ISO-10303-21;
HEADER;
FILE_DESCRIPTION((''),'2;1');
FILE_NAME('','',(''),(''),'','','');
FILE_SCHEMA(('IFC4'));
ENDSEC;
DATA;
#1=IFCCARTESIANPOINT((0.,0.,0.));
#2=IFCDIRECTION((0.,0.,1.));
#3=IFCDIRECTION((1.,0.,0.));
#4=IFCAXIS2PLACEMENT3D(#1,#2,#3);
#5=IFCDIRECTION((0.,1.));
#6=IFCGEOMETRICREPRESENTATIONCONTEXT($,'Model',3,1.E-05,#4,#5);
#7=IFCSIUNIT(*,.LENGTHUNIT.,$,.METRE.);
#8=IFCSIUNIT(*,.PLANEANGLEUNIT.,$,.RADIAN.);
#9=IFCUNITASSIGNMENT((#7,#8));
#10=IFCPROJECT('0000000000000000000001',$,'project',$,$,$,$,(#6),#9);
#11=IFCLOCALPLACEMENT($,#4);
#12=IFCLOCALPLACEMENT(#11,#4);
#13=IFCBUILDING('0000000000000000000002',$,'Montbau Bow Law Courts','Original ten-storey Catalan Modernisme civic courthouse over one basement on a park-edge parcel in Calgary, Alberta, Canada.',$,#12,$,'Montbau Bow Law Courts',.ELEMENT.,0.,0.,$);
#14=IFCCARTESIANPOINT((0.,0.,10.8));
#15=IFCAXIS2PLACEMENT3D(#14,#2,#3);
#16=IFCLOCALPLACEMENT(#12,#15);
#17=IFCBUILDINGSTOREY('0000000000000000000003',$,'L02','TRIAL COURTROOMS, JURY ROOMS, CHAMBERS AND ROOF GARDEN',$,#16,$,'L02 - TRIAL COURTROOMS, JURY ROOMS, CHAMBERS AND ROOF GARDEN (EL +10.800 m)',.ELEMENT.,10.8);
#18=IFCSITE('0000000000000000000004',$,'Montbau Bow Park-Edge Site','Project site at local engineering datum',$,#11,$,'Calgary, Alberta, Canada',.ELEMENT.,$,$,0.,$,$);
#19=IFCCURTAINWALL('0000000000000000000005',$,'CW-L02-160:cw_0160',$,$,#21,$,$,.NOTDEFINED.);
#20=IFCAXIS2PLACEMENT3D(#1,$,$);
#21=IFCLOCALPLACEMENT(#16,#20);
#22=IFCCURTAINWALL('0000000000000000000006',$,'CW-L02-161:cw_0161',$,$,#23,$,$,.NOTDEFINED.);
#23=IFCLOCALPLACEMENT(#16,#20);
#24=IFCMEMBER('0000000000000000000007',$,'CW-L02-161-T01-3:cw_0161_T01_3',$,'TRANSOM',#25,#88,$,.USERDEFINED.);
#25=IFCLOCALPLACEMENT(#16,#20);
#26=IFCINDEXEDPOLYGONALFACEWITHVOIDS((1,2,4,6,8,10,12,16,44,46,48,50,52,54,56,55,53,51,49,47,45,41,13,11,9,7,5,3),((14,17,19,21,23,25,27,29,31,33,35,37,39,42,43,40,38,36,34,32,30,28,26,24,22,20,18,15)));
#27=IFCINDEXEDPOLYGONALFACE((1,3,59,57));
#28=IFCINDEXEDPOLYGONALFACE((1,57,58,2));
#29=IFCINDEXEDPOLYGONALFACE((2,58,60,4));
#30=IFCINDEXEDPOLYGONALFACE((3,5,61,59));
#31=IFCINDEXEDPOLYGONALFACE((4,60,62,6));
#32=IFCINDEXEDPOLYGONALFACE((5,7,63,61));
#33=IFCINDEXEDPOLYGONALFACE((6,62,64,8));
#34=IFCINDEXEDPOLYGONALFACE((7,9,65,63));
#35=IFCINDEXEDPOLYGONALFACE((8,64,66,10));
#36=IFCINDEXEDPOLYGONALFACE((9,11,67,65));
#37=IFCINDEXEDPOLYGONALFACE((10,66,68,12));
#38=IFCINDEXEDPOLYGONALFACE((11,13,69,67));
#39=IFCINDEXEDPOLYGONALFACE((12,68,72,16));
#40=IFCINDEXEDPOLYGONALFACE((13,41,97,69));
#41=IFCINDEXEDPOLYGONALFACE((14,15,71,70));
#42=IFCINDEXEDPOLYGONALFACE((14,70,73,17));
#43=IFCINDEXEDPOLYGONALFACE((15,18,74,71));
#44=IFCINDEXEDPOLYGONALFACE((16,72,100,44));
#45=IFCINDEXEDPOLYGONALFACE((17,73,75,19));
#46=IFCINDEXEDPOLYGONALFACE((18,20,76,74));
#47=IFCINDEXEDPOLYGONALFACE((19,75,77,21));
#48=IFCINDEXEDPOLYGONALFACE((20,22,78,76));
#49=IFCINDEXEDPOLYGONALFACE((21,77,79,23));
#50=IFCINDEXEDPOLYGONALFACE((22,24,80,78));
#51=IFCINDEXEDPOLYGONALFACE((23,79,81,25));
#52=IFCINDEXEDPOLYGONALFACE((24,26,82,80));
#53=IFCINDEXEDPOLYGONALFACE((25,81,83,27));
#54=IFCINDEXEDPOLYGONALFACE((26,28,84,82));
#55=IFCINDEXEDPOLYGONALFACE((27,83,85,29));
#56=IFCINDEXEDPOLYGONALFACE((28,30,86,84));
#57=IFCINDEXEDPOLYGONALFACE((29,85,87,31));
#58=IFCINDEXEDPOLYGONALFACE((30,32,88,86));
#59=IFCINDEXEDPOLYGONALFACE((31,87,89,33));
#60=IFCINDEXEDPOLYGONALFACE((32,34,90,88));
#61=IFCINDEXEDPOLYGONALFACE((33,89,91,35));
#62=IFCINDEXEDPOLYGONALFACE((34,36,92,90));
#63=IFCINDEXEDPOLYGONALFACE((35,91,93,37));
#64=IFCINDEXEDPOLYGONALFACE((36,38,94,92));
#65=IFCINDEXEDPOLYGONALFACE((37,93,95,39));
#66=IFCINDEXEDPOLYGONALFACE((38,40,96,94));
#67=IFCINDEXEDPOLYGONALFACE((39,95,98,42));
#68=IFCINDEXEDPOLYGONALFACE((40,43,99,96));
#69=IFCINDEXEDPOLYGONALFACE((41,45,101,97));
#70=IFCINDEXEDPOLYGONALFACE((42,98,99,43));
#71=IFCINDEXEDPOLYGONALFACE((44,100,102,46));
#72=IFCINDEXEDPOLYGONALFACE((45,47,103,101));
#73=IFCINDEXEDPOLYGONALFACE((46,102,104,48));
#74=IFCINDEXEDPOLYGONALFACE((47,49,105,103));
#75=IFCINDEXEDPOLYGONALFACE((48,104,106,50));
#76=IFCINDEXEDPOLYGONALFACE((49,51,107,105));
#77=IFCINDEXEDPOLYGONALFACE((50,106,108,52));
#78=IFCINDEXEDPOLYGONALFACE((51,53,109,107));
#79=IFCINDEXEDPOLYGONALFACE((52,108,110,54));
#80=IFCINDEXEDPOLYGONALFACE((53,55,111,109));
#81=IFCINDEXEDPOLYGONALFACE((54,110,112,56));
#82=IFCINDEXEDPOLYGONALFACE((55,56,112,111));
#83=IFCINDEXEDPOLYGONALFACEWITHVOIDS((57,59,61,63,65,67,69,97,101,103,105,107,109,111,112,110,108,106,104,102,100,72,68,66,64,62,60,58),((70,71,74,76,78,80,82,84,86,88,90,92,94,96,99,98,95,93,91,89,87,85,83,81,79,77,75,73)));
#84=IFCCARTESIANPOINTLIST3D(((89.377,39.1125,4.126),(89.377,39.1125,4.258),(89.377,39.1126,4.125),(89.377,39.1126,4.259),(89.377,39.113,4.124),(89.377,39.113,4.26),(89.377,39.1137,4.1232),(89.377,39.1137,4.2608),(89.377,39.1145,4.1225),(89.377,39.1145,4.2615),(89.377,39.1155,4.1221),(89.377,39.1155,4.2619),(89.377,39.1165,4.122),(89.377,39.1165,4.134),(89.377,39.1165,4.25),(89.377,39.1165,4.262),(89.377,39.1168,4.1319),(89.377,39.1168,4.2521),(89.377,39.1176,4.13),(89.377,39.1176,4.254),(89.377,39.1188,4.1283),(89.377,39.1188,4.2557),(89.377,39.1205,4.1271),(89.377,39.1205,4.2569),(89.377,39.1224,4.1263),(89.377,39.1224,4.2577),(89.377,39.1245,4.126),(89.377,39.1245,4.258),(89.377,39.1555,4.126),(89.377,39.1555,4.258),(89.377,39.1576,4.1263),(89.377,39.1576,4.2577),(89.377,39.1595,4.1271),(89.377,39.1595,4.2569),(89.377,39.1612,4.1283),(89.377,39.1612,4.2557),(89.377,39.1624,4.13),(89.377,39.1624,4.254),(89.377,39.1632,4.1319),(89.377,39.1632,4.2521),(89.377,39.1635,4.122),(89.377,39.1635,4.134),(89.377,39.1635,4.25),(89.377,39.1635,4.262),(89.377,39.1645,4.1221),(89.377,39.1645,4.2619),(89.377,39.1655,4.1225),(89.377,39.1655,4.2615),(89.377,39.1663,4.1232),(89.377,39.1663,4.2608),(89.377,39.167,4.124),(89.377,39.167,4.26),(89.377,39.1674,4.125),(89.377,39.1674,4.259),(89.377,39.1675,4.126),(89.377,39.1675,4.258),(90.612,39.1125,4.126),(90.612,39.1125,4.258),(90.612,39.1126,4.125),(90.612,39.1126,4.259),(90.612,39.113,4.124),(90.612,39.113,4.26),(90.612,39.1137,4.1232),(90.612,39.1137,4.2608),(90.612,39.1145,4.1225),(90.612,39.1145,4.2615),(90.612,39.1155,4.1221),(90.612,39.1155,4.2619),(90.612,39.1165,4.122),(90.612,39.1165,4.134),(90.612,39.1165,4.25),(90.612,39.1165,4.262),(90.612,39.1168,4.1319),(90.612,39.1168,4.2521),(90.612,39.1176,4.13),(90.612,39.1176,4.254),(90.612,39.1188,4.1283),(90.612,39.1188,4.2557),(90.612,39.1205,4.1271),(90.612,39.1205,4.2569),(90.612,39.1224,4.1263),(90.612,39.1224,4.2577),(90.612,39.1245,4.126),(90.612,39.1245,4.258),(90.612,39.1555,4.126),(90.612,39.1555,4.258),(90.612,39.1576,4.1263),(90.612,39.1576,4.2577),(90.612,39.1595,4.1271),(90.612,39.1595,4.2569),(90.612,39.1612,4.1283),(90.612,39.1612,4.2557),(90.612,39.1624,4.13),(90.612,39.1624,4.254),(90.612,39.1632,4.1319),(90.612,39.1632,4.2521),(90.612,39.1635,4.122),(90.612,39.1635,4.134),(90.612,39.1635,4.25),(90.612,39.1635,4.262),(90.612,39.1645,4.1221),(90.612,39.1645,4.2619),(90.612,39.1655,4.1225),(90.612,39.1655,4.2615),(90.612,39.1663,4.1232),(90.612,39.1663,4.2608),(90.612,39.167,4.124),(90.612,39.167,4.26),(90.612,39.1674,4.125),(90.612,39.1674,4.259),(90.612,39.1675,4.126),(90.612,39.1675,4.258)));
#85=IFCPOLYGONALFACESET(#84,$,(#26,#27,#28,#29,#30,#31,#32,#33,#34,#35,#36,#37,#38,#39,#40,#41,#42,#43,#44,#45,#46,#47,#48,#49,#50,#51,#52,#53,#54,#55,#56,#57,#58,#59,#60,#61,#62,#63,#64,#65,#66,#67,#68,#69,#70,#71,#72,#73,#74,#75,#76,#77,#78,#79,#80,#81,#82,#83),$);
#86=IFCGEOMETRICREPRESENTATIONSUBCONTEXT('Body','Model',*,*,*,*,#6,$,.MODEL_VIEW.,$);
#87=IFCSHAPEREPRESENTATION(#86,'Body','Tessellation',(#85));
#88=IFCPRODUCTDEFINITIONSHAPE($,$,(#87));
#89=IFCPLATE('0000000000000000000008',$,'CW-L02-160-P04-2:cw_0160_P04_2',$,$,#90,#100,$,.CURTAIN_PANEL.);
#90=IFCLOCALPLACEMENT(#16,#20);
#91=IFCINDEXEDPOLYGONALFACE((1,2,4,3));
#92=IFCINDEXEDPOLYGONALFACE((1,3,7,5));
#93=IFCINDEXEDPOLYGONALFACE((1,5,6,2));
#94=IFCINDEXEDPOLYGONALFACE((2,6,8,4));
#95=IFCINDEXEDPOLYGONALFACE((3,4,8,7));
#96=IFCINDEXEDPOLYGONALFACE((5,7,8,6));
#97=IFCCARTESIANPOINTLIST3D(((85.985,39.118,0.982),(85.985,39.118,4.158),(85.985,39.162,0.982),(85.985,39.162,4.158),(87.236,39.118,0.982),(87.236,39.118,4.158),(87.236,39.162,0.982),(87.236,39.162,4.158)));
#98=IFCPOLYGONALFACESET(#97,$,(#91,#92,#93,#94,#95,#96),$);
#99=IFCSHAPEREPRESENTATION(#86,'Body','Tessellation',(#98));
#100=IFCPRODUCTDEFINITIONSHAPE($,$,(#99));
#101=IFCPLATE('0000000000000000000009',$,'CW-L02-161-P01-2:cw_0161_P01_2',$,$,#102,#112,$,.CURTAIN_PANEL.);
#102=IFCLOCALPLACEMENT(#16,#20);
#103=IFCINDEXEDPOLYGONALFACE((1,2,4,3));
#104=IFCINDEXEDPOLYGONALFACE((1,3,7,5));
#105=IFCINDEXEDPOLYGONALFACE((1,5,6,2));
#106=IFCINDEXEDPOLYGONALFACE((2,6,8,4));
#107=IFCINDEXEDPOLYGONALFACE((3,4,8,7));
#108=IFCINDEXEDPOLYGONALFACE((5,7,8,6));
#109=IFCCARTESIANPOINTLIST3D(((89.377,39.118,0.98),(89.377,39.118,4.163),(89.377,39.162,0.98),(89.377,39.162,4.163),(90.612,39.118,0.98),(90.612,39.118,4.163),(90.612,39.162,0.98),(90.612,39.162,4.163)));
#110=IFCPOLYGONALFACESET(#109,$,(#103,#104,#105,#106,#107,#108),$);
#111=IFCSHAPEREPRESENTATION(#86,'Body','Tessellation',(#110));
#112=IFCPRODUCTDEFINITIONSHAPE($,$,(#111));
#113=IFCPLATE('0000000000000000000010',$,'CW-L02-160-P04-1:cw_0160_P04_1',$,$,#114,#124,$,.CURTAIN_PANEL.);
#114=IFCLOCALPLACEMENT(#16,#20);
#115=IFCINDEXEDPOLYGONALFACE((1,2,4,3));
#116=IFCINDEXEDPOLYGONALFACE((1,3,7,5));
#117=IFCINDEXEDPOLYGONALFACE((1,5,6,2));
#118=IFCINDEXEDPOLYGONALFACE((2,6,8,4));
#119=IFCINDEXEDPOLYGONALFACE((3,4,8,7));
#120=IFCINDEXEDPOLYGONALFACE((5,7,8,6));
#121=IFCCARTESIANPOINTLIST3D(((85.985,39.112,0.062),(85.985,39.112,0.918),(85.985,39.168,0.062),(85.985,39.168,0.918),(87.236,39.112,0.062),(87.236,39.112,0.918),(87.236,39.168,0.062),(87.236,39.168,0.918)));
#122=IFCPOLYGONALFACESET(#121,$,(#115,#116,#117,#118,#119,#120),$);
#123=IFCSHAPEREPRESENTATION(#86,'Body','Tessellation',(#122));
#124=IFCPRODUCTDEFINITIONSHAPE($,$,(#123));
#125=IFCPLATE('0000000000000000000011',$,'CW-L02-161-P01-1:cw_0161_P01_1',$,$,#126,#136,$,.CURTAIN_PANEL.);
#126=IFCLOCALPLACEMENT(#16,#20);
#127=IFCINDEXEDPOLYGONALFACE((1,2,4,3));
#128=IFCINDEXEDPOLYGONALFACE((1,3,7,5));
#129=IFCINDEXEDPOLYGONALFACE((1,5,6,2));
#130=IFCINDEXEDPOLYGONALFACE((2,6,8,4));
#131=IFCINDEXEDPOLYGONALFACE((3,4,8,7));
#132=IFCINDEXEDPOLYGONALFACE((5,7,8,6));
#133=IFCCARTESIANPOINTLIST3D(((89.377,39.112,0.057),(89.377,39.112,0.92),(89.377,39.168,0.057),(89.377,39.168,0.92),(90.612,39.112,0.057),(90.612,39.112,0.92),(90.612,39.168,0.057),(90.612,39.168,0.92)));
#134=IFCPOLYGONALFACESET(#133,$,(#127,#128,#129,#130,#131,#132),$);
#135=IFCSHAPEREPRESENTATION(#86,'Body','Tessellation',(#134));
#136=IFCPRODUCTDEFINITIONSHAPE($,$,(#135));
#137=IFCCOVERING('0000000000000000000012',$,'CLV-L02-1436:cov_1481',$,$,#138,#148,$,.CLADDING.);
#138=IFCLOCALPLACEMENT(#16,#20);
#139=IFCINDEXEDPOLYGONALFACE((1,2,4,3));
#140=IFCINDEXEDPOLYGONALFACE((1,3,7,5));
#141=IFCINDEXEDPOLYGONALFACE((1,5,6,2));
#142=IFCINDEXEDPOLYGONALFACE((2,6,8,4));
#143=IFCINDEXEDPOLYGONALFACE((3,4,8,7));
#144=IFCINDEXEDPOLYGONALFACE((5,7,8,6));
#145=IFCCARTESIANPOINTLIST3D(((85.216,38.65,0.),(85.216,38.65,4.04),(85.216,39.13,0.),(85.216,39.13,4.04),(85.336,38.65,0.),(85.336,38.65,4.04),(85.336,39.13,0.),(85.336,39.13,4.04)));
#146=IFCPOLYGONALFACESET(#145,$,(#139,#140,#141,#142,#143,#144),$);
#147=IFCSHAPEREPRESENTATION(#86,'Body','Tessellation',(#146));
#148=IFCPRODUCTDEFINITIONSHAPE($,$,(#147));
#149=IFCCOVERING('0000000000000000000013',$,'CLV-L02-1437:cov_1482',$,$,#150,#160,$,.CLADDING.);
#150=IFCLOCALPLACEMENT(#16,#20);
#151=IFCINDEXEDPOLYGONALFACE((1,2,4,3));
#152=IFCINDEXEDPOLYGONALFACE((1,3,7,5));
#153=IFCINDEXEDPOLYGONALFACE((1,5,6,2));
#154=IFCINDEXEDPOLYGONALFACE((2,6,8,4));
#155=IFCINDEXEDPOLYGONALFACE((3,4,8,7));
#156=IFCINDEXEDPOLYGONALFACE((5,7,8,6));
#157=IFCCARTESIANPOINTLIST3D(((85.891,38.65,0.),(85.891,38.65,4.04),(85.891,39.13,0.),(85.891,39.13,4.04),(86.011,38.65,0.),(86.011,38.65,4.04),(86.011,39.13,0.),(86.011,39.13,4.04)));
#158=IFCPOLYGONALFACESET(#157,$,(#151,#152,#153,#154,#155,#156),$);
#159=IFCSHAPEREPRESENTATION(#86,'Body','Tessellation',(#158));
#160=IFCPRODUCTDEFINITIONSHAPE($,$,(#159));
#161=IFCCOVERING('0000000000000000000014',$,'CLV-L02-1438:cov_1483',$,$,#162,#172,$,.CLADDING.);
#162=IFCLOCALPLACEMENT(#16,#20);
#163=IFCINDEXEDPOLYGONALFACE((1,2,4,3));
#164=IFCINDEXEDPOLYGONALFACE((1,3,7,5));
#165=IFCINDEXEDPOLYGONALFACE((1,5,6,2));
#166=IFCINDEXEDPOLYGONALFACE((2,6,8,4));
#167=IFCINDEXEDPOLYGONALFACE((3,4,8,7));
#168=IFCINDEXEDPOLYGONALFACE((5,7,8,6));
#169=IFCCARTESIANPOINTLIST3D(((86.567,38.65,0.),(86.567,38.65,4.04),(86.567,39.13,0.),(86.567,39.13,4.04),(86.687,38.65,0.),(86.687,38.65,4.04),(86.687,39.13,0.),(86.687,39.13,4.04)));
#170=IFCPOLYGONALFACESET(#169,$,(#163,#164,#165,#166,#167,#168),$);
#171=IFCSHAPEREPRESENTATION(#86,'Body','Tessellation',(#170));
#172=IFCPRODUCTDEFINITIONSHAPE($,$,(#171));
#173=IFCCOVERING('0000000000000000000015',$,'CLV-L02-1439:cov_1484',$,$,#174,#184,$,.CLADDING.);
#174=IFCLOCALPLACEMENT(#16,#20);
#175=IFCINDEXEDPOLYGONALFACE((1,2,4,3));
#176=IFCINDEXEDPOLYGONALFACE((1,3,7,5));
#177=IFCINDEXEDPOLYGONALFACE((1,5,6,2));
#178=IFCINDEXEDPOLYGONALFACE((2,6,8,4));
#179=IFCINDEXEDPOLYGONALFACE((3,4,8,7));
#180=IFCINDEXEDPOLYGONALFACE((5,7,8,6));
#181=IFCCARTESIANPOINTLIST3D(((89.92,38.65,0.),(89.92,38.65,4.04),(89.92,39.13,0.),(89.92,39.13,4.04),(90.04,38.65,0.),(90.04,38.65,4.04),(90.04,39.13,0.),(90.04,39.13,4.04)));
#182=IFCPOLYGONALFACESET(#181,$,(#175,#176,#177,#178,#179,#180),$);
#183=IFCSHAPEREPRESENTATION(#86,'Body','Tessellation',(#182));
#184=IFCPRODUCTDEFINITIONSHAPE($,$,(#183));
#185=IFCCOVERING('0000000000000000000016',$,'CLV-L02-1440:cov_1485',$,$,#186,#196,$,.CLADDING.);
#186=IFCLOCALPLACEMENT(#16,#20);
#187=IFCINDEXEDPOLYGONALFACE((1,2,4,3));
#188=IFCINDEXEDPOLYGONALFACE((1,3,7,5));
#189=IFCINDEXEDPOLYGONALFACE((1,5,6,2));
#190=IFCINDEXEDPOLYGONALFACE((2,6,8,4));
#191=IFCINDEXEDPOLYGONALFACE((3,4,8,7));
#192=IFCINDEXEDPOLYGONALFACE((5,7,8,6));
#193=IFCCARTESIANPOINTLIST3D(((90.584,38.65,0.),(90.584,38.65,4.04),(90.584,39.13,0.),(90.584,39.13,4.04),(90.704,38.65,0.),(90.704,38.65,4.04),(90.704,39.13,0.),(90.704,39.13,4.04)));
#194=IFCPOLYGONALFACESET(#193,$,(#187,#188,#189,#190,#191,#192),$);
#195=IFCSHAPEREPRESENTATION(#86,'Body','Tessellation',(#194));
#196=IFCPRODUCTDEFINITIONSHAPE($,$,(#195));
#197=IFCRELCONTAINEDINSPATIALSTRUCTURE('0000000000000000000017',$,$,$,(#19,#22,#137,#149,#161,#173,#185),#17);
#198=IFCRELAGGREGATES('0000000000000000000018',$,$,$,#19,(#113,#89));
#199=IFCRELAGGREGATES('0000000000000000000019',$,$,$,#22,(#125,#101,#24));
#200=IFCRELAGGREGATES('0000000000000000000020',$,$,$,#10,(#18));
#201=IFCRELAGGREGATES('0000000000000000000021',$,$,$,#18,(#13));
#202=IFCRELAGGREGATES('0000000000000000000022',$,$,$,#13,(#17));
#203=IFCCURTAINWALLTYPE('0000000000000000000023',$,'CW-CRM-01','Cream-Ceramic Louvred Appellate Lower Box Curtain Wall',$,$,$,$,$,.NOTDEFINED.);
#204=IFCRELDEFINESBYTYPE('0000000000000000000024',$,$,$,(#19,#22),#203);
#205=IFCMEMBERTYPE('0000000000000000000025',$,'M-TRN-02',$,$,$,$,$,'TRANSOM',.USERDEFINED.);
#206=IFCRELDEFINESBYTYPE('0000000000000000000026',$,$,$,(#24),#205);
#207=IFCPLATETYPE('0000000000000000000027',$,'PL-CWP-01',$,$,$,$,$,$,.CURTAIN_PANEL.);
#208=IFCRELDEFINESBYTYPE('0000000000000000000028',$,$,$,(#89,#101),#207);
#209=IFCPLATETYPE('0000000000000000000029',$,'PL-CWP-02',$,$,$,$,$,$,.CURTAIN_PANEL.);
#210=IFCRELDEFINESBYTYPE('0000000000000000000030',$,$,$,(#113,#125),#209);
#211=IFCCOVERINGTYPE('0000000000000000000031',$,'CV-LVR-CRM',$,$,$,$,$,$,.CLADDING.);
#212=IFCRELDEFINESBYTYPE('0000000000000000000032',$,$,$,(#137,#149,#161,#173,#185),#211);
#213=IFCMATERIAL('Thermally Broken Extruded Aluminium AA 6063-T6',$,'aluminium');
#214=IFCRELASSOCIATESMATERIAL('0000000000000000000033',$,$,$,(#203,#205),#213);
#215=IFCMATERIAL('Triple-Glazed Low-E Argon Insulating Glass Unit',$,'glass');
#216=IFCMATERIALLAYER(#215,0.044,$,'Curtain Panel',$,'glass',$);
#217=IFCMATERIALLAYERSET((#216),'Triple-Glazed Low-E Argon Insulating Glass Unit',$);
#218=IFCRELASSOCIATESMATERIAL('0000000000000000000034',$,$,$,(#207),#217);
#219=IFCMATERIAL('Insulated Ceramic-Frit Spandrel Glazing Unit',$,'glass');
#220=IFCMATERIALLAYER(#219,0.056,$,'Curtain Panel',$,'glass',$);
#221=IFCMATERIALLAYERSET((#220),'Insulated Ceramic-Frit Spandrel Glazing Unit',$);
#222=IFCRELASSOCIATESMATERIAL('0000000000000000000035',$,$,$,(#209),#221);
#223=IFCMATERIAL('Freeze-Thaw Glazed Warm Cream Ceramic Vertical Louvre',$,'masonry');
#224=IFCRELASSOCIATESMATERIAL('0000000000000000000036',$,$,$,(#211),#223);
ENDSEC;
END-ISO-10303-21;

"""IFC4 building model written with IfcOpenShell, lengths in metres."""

from ifc_helpers import new_model, si_unit, direction, frame, frame_2d, origin_with_axes, origin_2d_with_axis, place, context, subcontext, project, spatial, rectangle, hollow_rectangle, extrude, material, layer, layer_set, material_profile, profile_set, type_object, element, aggregate, save


model = new_model("IFC4")

# Units and contexts
model_context = context("Model", 3, precision=1e-05, world=origin_with_axes(), true_north=direction((0.0, 1.0)))
body_context = subcontext(model_context, "Body", "Model", "MODEL_VIEW")
ifc_project = project(units=[si_unit("LENGTHUNIT", "METRE"), si_unit("PLANEANGLEUNIT", "RADIAN")], contexts=[model_context])

# Site, building, storey
site_placement = place(None, origin_with_axes())
site = spatial("IfcSite", under=ifc_project, at=site_placement, Name="Montbau Bow Park-Edge Site", Description="Project site at local engineering datum", LongName="Calgary, Alberta, Canada", CompositionType="ELEMENT", RefElevation=0.0)
building_placement = place(site_placement, origin_with_axes())
building = spatial("IfcBuilding", under=site, at=building_placement, Name="Montbau Bow Law Courts", Description="Original ten-storey Catalan Modernisme civic courthouse over one basement on a park-edge parcel in Calgary, Alberta, Canada.", LongName="Montbau Bow Law Courts", CompositionType="ELEMENT", ElevationOfRefHeight=0.0, ElevationOfTerrain=0.0)
storey_placement = place(building_placement, frame((0.0, 0.0, 10.8), z_axis=(0.0, 0.0, 1.0), x_axis=(1.0, 0.0, 0.0)))
storey = spatial("IfcBuildingStorey", under=building, at=storey_placement, Name="L02", Description="TRIAL COURTROOMS, JURY ROOMS, CHAMBERS AND ROOF GARDEN", LongName="L02 - TRIAL COURTROOMS, JURY ROOMS, CHAMBERS AND ROOF GARDEN (EL +10.800 m)", CompositionType="ELEMENT", Elevation=10.8)

# Curtain walls
ifc_material_1 = material(Name="Thermally Broken Extruded Aluminium AA 6063-T6", Category="aluminium")
curtain_wall_type = type_object("IfcCurtainWallType", Name="CW-CRM-01", Description="Cream-Ceramic Louvred Appellate Lower Box Curtain Wall", PredefinedType="NOTDEFINED", material=ifc_material_1)
curtain_wall_1_placement = place(None, frame((81.897, 39.14, 10.8), z_axis=(0.0, 0.0, 1.0), x_axis=(1.0, 0.0, 0.0)))
curtain_wall_1 = element("IfcCurtainWall", 1, at=curtain_wall_1_placement, inside=storey, type_object=curtain_wall_type, Name="CW-L02-160:cw_0160", PredefinedType="NOTDEFINED")
curtain_wall_2_placement = place(None, frame((89.315, 39.14, 10.8), z_axis=(0.0, 0.0, 1.0), x_axis=(1.0, 0.0, 0.0)))
curtain_wall_2 = element("IfcCurtainWall", 2, at=curtain_wall_2_placement, inside=storey, type_object=curtain_wall_type, Name="CW-L02-161:cw_0161", PredefinedType="NOTDEFINED")

# Member
ifc_material_profile_1 = material_profile(ifc_material_1, hollow_rectangle(XDim=0.055, YDim=0.14, WallThickness=0.004, InnerFilletRadius=0.008, OuterFilletRadius=0.004, at=origin_2d_with_axis()), Name="CWT-140X55", Category="Main", Priority=0)
ifc_profile_set_1 = profile_set([ifc_material_profile_1], Name="Thermally Broken Extruded Aluminium AA 6063-T6")
member_type_1 = type_object("IfcMemberType", Name="M-TRN-02", ElementType="TRANSOM", PredefinedType="USERDEFINED", material=ifc_profile_set_1)
member_1_placement = place(None, frame((89.377, 39.14, 14.992), z_axis=(1.0, 0.0, 0.0), x_axis=(0.0, 1.0, 0.0)))
member_1 = element("IfcMember", 3, at=member_1_placement, type_object=member_type_1, Name="CW-L02-161-T01-3:cw_0161_T01_3", ObjectType="TRANSOM", PredefinedType="USERDEFINED", context=body_context, shape_type="SweptSolid", body=[
    extrude(hollow_rectangle(XDim=0.055, YDim=0.14, WallThickness=0.004, InnerFilletRadius=0.008, OuterFilletRadius=0.004, at=origin_2d_with_axis()), origin_with_axes(), (0.0, 0.0, 1.0), 1.235),
])

# Plates
ifc_material_2 = material(Name="Triple-Glazed Low-E Argon Insulating Glass Unit", Category="glass")
ifc_layer_1 = layer(ifc_material_2, 0.044, Name="Curtain Panel", Category="glass")
ifc_layer_set_1 = layer_set([ifc_layer_1], Name="Triple-Glazed Low-E Argon Insulating Glass Unit")
plate_type_1 = type_object("IfcPlateType", Name="PL-CWP-01", PredefinedType="CURTAIN_PANEL", material=ifc_layer_set_1)
plate_1_placement = place(None, frame((85.985, 39.14, 11.782), z_axis=(0.0, -1.0, 0.0), x_axis=(1.0, 0.0, 0.0)))
plate_1 = element("IfcPlate", 4, at=plate_1_placement, type_object=plate_type_1, Name="CW-L02-160-P04-2:cw_0160_P04_2", PredefinedType="CURTAIN_PANEL", context=body_context, shape_type="SweptSolid", body=[
    extrude(rectangle(XDim=1.251, YDim=3.176, at=frame_2d((0.6255, 1.588), x_axis=(1.0, 0.0))), frame((0.0, 0.0, -0.022), z_axis=(0.0, 0.0, 1.0), x_axis=(1.0, 0.0, 0.0)), (0.0, 0.0, 1.0), 0.044),
])
plate_2_placement = place(None, frame((89.377, 39.14, 11.78), z_axis=(0.0, -1.0, 0.0), x_axis=(1.0, 0.0, 0.0)))
plate_2 = element("IfcPlate", 5, at=plate_2_placement, type_object=plate_type_1, Name="CW-L02-161-P01-2:cw_0161_P01_2", PredefinedType="CURTAIN_PANEL", context=body_context, shape_type="SweptSolid", body=[
    extrude(rectangle(XDim=1.235, YDim=3.183, at=frame_2d((0.6175, 1.5915), x_axis=(1.0, 0.0))), frame((0.0, 0.0, -0.022), z_axis=(0.0, 0.0, 1.0), x_axis=(1.0, 0.0, 0.0)), (0.0, 0.0, 1.0), 0.044),
])
ifc_material_3 = material(Name="Insulated Ceramic-Frit Spandrel Glazing Unit", Category="glass")
ifc_layer_2 = layer(ifc_material_3, 0.056, Name="Curtain Panel", Category="glass")
ifc_layer_set_2 = layer_set([ifc_layer_2], Name="Insulated Ceramic-Frit Spandrel Glazing Unit")
plate_type_2 = type_object("IfcPlateType", Name="PL-CWP-02", PredefinedType="CURTAIN_PANEL", material=ifc_layer_set_2)
plate_3_placement = place(None, frame((85.985, 39.14, 10.862), z_axis=(0.0, -1.0, 0.0), x_axis=(1.0, 0.0, 0.0)))
plate_3 = element("IfcPlate", 6, at=plate_3_placement, type_object=plate_type_2, Name="CW-L02-160-P04-1:cw_0160_P04_1", PredefinedType="CURTAIN_PANEL", context=body_context, shape_type="SweptSolid", body=[
    extrude(rectangle(XDim=1.251, YDim=0.856, at=frame_2d((0.6255, 0.428), x_axis=(1.0, 0.0))), frame((0.0, 0.0, -0.028), z_axis=(0.0, 0.0, 1.0), x_axis=(1.0, 0.0, 0.0)), (0.0, 0.0, 1.0), 0.056),
])
aggregate(curtain_wall_1, [plate_3, plate_1])
plate_4_placement = place(None, frame((89.377, 39.14, 10.857), z_axis=(0.0, -1.0, 0.0), x_axis=(1.0, 0.0, 0.0)))
plate_4 = element("IfcPlate", 7, at=plate_4_placement, type_object=plate_type_2, Name="CW-L02-161-P01-1:cw_0161_P01_1", PredefinedType="CURTAIN_PANEL", context=body_context, shape_type="SweptSolid", body=[
    extrude(rectangle(XDim=1.235, YDim=0.863, at=frame_2d((0.6175, 0.4315), x_axis=(1.0, 0.0))), frame((0.0, 0.0, -0.028), z_axis=(0.0, 0.0, 1.0), x_axis=(1.0, 0.0, 0.0)), (0.0, 0.0, 1.0), 0.056),
])
aggregate(curtain_wall_2, [plate_4, plate_2, member_1])

# Coverings
ifc_material_4 = material(Name="Freeze-Thaw Glazed Warm Cream Ceramic Vertical Louvre", Category="masonry")
covering_type = type_object("IfcCoveringType", Name="CV-LVR-CRM", PredefinedType="CLADDING", material=ifc_material_4)
for number, where, z_axis, x_axis, name in (
    (8, (85.276, 39.13, 10.8), (-1.0, 0.0, 0.0), (0.0, -1.0, 0.0), "CLV-L02-1436:cov_1481"),
    (9, (85.951, 39.13, 10.8), (-1.0, 0.0, 0.0), (0.0, -1.0, 0.0), "CLV-L02-1437:cov_1482"),
    (10, (86.627, 39.13, 10.8), (-1.0, 0.0, 0.0), (0.0, -1.0, 0.0), "CLV-L02-1438:cov_1483"),
    (11, (89.98, 39.13, 10.8), (-1.0, 0.0, 0.0), (0.0, -1.0, 0.0), "CLV-L02-1439:cov_1484"),
    (12, (90.644, 39.13, 10.8), (-1.0, 0.0, 0.0), (0.0, -1.0, 0.0), "CLV-L02-1440:cov_1485"),
):
    element("IfcCovering", number, at=place(None, frame(where, z_axis=z_axis, x_axis=x_axis)), inside=storey, type_object=covering_type, Name=name, PredefinedType="CLADDING", context=body_context, shape_type="SweptSolid", body=[
        extrude(rectangle(XDim=0.48, YDim=4.04, at=frame_2d((0.24, 2.02), x_axis=(1.0, 0.0))), frame((0.0, 0.0, -0.06), z_axis=(0.0, 0.0, 1.0), x_axis=(1.0, 0.0, 0.0)), (0.0, 0.0, 1.0), 0.12),
    ])

save(model, "model.ifc")
